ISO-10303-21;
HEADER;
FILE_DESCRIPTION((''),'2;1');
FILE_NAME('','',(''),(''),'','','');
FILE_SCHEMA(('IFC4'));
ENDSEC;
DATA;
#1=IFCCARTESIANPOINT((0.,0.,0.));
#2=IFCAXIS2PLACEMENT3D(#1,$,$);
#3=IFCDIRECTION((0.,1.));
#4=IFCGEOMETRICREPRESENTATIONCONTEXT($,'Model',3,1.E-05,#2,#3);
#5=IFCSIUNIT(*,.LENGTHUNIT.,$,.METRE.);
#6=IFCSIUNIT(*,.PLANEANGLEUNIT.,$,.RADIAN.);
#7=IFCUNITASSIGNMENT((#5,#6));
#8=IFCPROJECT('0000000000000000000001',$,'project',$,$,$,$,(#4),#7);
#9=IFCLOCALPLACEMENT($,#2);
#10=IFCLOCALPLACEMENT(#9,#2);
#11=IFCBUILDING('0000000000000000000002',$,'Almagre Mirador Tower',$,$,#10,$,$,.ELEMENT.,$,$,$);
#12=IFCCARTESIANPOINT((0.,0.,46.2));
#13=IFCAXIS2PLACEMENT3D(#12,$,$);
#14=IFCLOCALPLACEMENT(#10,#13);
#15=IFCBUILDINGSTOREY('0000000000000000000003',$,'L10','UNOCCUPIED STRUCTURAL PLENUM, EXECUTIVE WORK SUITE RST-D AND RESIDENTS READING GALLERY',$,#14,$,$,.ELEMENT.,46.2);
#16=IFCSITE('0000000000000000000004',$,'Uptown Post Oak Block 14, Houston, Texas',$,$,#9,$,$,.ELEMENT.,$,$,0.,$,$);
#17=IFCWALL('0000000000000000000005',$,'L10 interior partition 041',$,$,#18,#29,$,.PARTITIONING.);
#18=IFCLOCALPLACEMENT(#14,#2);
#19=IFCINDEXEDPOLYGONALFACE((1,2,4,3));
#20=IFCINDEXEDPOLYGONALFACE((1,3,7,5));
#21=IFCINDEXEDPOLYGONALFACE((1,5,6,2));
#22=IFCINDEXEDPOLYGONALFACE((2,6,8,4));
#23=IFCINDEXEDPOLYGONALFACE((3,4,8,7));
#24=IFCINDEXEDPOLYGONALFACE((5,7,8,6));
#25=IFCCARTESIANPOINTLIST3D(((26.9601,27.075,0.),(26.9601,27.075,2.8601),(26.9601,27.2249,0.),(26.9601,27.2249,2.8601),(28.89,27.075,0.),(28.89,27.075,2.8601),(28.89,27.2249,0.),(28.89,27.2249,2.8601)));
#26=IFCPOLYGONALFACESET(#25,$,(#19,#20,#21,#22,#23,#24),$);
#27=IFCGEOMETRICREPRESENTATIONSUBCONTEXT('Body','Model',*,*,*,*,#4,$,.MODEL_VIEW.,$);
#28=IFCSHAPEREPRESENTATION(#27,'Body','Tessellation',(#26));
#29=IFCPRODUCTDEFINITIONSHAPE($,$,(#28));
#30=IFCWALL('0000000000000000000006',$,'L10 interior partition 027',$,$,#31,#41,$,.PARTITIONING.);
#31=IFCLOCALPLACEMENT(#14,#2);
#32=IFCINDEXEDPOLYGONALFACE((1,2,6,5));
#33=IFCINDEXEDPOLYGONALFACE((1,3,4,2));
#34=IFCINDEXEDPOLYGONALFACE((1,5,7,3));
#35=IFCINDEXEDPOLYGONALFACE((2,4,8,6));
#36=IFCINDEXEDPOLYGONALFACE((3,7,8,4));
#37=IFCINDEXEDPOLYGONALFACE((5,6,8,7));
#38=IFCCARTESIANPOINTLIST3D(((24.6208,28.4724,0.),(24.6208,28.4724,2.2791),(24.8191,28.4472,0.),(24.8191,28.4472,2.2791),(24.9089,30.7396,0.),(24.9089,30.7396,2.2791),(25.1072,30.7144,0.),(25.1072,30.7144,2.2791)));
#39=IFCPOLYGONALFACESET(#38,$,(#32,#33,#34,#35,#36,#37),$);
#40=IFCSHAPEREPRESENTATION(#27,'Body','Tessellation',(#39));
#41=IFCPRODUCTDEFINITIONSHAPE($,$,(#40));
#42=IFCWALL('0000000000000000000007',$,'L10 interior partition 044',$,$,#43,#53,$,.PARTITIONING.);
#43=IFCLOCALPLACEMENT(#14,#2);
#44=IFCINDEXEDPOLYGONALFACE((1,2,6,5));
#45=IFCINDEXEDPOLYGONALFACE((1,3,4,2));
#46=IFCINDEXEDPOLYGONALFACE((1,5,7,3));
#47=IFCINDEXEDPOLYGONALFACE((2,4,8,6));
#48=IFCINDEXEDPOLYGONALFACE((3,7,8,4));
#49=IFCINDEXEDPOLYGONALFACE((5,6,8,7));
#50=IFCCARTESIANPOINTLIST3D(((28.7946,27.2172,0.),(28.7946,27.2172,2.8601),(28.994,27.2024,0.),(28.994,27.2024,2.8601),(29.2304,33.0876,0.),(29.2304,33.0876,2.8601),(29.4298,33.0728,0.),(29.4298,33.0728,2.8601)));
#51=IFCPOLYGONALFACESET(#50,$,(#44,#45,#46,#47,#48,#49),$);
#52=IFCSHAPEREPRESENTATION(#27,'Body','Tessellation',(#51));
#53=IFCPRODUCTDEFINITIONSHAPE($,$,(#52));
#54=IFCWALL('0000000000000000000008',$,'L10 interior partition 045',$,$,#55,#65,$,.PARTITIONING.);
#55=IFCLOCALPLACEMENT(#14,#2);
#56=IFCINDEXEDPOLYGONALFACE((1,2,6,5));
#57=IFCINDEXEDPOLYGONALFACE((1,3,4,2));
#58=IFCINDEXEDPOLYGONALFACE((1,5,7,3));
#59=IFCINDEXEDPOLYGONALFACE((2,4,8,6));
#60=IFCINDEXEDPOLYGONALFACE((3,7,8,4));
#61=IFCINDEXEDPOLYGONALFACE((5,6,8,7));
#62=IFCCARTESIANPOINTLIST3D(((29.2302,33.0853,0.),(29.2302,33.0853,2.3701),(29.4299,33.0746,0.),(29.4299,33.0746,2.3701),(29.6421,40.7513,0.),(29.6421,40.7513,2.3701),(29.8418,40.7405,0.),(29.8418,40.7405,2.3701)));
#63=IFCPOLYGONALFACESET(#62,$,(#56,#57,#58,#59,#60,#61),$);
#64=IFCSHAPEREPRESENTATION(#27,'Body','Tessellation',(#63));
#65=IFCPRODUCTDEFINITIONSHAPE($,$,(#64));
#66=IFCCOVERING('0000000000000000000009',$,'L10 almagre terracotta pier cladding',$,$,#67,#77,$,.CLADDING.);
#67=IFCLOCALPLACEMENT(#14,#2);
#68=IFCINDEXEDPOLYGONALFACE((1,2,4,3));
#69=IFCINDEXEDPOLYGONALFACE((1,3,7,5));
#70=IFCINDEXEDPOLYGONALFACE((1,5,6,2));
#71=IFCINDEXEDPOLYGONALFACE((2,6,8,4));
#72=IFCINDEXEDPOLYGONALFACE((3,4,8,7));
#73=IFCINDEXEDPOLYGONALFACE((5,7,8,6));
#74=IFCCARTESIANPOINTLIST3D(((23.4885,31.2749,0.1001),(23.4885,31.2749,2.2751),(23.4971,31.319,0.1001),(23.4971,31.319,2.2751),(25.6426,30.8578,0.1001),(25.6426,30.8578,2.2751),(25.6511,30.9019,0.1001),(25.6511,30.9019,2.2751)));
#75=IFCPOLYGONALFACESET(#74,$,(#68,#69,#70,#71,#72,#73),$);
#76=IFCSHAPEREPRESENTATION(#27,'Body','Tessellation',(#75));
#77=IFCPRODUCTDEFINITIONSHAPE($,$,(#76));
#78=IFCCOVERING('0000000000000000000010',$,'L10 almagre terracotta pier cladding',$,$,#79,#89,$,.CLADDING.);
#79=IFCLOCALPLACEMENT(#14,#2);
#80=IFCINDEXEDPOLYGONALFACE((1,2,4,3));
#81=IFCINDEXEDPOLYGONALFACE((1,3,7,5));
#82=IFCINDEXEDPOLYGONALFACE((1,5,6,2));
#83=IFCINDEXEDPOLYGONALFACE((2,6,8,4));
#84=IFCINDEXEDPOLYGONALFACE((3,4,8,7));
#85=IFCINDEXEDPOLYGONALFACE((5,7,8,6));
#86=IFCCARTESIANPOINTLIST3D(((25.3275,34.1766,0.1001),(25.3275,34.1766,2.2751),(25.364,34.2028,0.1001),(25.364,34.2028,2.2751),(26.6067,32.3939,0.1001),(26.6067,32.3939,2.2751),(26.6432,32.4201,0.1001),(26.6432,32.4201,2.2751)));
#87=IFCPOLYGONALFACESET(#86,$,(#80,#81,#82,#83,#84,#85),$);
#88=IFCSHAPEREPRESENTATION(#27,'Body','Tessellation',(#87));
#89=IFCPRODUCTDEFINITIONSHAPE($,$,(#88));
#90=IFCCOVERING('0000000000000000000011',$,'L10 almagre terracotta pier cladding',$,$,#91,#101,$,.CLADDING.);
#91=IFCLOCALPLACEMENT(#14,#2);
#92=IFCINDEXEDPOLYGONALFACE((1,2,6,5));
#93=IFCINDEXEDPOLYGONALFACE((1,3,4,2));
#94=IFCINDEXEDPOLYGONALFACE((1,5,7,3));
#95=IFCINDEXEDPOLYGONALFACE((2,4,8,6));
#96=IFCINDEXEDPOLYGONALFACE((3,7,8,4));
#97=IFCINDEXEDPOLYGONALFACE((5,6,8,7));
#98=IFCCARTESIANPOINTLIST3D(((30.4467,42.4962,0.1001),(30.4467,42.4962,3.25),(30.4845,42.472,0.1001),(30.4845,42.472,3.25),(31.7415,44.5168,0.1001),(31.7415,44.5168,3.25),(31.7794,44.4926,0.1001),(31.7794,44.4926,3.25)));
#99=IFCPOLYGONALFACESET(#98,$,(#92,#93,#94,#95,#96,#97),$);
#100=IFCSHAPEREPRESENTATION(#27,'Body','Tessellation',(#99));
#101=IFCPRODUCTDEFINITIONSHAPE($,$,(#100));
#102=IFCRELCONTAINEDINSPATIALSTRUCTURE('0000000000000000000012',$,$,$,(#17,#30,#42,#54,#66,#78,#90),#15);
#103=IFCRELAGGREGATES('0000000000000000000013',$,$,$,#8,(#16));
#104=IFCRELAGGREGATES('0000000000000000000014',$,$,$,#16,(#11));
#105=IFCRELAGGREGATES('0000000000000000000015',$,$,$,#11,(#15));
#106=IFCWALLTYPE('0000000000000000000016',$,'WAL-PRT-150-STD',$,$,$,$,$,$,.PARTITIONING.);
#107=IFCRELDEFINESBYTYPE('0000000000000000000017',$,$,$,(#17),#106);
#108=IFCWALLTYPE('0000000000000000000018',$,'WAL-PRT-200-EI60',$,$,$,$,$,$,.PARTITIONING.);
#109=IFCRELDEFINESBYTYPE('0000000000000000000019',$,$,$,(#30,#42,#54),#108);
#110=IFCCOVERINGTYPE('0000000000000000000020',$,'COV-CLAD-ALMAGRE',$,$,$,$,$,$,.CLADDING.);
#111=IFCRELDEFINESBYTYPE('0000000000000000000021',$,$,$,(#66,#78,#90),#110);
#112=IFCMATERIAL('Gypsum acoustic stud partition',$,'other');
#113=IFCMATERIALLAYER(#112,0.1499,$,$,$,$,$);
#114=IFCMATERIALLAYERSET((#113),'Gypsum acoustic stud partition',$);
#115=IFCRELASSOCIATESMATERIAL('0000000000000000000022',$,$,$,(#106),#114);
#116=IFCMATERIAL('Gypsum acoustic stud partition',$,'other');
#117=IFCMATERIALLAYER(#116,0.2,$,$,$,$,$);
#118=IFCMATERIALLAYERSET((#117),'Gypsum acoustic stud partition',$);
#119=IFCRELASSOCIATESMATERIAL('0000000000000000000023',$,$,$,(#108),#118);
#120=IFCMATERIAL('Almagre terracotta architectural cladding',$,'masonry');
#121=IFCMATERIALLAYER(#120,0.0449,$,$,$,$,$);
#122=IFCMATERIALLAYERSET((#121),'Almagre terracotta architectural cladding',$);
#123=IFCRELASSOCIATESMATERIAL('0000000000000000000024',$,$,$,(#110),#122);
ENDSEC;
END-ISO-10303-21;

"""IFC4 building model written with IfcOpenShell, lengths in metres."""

from ifc_helpers import new_model, si_unit, direction, frame, frame_2d, origin, origin_2d, place, context, subcontext, project, spatial, rectangle, extrude, material, layer, layer_set, type_object, element, save


model = new_model("IFC4")

# Units and contexts
model_context = context("Model", 3, precision=1e-05, world=origin(), true_north=direction((0.0, 1.0)))
body_context = subcontext(model_context, "Body", "Model", "MODEL_VIEW")
ifc_project = project(units=[si_unit("LENGTHUNIT", "METRE"), si_unit("PLANEANGLEUNIT", "RADIAN")], contexts=[model_context])

# Site, building, storey
site_placement = place(None, origin())
site = spatial("IfcSite", under=ifc_project, at=site_placement, Name="Uptown Post Oak Block 14, Houston, Texas", CompositionType="ELEMENT", RefElevation=0.0)
building_placement = place(site_placement, origin())
building = spatial("IfcBuilding", under=site, at=building_placement, Name="Almagre Mirador Tower", CompositionType="ELEMENT")
storey_placement = place(building_placement, frame((0.0, 0.0, 46.2)))
storey = spatial("IfcBuildingStorey", under=building, at=storey_placement, Name="L10", Description="UNOCCUPIED STRUCTURAL PLENUM, EXECUTIVE WORK SUITE RST-D AND RESIDENTS READING GALLERY", CompositionType="ELEMENT", Elevation=46.2)

# Walls
ifc_material_1 = material(Name="Gypsum acoustic stud partition", Category="other")
ifc_layer_1 = layer(ifc_material_1, 0.1499)
ifc_layer_set_1 = layer_set([ifc_layer_1], Name="Gypsum acoustic stud partition")
wall_type_1 = type_object("IfcWallType", Name="WAL-PRT-150-STD", PredefinedType="PARTITIONING", material=ifc_layer_set_1)
wall_1_placement = place(storey_placement, frame((28.8899, 27.1499, 0.0), z_axis=(0.0, 0.0, 1.0), x_axis=(-1.0, 0.0, 0.0)))
element("IfcWall", 1, at=wall_1_placement, inside=storey, type_object=wall_type_1, Name="L10 interior partition 041", PredefinedType="PARTITIONING", context=body_context, shape_type="SweptSolid", body=[
    extrude(rectangle(XDim=1.9299, YDim=0.1499, at=frame_2d((0.9648, 0.0))), origin(), (0.0, 0.0, 1.0), 2.8601),
])
ifc_material_2 = material(Name="Gypsum acoustic stud partition", Category="other")
ifc_layer_2 = layer(ifc_material_2, 0.2)
ifc_layer_set_2 = layer_set([ifc_layer_2], Name="Gypsum acoustic stud partition")
wall_type_2 = type_object("IfcWallType", Name="WAL-PRT-200-EI60", PredefinedType="PARTITIONING", material=ifc_layer_set_2)
wall_2_placement = place(storey_placement, frame((24.72, 28.46, 0.0), z_axis=(0.0, 0.0, 1.0), x_axis=(0.126059, 0.992023, 0.0)))
element("IfcWall", 2, at=wall_2_placement, inside=storey, type_object=wall_type_2, Name="L10 interior partition 027", PredefinedType="PARTITIONING", context=body_context, shape_type="SweptSolid", body=[
    extrude(rectangle(XDim=2.2854, YDim=0.2, at=frame_2d((1.1426, 0.0))), origin(), (0.0, 0.0, 1.0), 2.2791),
])
wall_3_placement = place(storey_placement, frame((28.8943, 27.2097, 0.0), z_axis=(0.0, 0.0, 1.0), x_axis=(0.074032, 0.997256, 0.0)))
element("IfcWall", 3, at=wall_3_placement, inside=storey, type_object=wall_type_2, Name="L10 interior partition 044", PredefinedType="PARTITIONING", context=body_context, shape_type="SweptSolid", body=[
    extrude(rectangle(XDim=5.8865, YDim=0.2, at=frame_2d((2.9434, 0.0))), origin(), (0.0, 0.0, 1.0), 2.8601),
])
wall_4_placement = place(storey_placement, frame((29.3301, 33.0801, 0.0), z_axis=(0.0, 0.0, 1.0), x_axis=(0.053649, 0.99856, 0.0)))
element("IfcWall", 4, at=wall_4_placement, inside=storey, type_object=wall_type_2, Name="L10 interior partition 045", PredefinedType="PARTITIONING", context=body_context, shape_type="SweptSolid", body=[
    extrude(rectangle(XDim=7.677, YDim=0.2, at=frame_2d((3.8384, 0.0))), origin(), (0.0, 0.0, 1.0), 2.3701),
])

# Coverings
ifc_material_3 = material(Name="Almagre terracotta architectural cladding", Category="masonry")
ifc_layer_3 = layer(ifc_material_3, 0.0449)
ifc_layer_set_3 = layer_set([ifc_layer_3], Name="Almagre terracotta architectural cladding")
covering_type = type_object("IfcCoveringType", Name="COV-CLAD-ALMAGRE", PredefinedType="CLADDING", material=ifc_layer_set_3)
for number, where, z_axis, x_axis, name in (
    (5, (24.5698, 31.0884, 0.1001), (0.0, 0.0, 1.0), (0.98176, -0.190124, 0.0), "L10 almagre terracotta pier cladding"),
    (6, (25.9854, 33.2983, 0.1001), (0.0, 0.0, 1.0), (-0.583002, 0.81247, 0.0), "L10 almagre terracotta pier cladding"),
):
    element("IfcCovering", number, at=place(storey_placement, frame(where, z_axis=z_axis, x_axis=x_axis)), inside=storey, type_object=covering_type, Name=name, PredefinedType="CLADDING", context=body_context, shape_type="SweptSolid", body=[
        extrude(rectangle(XDim=2.1941, YDim=0.0449, at=origin_2d()), origin(), (0.0, 0.0, 1.0), 2.175),
    ])
covering_placement = place(storey_placement, frame((31.113, 43.4944, 0.1001), z_axis=(0.0, 0.0, 1.0), x_axis=(0.539535, 0.841963, 0.0)))
element("IfcCovering", 7, at=covering_placement, inside=storey, type_object=covering_type, Name="L10 almagre terracotta pier cladding", PredefinedType="CLADDING", context=body_context, shape_type="SweptSolid", body=[
    extrude(rectangle(XDim=2.3999, YDim=0.0449, at=origin_2d()), origin(), (0.0, 0.0, 1.0), 3.1499),
])

save(model, "model.ifc")
